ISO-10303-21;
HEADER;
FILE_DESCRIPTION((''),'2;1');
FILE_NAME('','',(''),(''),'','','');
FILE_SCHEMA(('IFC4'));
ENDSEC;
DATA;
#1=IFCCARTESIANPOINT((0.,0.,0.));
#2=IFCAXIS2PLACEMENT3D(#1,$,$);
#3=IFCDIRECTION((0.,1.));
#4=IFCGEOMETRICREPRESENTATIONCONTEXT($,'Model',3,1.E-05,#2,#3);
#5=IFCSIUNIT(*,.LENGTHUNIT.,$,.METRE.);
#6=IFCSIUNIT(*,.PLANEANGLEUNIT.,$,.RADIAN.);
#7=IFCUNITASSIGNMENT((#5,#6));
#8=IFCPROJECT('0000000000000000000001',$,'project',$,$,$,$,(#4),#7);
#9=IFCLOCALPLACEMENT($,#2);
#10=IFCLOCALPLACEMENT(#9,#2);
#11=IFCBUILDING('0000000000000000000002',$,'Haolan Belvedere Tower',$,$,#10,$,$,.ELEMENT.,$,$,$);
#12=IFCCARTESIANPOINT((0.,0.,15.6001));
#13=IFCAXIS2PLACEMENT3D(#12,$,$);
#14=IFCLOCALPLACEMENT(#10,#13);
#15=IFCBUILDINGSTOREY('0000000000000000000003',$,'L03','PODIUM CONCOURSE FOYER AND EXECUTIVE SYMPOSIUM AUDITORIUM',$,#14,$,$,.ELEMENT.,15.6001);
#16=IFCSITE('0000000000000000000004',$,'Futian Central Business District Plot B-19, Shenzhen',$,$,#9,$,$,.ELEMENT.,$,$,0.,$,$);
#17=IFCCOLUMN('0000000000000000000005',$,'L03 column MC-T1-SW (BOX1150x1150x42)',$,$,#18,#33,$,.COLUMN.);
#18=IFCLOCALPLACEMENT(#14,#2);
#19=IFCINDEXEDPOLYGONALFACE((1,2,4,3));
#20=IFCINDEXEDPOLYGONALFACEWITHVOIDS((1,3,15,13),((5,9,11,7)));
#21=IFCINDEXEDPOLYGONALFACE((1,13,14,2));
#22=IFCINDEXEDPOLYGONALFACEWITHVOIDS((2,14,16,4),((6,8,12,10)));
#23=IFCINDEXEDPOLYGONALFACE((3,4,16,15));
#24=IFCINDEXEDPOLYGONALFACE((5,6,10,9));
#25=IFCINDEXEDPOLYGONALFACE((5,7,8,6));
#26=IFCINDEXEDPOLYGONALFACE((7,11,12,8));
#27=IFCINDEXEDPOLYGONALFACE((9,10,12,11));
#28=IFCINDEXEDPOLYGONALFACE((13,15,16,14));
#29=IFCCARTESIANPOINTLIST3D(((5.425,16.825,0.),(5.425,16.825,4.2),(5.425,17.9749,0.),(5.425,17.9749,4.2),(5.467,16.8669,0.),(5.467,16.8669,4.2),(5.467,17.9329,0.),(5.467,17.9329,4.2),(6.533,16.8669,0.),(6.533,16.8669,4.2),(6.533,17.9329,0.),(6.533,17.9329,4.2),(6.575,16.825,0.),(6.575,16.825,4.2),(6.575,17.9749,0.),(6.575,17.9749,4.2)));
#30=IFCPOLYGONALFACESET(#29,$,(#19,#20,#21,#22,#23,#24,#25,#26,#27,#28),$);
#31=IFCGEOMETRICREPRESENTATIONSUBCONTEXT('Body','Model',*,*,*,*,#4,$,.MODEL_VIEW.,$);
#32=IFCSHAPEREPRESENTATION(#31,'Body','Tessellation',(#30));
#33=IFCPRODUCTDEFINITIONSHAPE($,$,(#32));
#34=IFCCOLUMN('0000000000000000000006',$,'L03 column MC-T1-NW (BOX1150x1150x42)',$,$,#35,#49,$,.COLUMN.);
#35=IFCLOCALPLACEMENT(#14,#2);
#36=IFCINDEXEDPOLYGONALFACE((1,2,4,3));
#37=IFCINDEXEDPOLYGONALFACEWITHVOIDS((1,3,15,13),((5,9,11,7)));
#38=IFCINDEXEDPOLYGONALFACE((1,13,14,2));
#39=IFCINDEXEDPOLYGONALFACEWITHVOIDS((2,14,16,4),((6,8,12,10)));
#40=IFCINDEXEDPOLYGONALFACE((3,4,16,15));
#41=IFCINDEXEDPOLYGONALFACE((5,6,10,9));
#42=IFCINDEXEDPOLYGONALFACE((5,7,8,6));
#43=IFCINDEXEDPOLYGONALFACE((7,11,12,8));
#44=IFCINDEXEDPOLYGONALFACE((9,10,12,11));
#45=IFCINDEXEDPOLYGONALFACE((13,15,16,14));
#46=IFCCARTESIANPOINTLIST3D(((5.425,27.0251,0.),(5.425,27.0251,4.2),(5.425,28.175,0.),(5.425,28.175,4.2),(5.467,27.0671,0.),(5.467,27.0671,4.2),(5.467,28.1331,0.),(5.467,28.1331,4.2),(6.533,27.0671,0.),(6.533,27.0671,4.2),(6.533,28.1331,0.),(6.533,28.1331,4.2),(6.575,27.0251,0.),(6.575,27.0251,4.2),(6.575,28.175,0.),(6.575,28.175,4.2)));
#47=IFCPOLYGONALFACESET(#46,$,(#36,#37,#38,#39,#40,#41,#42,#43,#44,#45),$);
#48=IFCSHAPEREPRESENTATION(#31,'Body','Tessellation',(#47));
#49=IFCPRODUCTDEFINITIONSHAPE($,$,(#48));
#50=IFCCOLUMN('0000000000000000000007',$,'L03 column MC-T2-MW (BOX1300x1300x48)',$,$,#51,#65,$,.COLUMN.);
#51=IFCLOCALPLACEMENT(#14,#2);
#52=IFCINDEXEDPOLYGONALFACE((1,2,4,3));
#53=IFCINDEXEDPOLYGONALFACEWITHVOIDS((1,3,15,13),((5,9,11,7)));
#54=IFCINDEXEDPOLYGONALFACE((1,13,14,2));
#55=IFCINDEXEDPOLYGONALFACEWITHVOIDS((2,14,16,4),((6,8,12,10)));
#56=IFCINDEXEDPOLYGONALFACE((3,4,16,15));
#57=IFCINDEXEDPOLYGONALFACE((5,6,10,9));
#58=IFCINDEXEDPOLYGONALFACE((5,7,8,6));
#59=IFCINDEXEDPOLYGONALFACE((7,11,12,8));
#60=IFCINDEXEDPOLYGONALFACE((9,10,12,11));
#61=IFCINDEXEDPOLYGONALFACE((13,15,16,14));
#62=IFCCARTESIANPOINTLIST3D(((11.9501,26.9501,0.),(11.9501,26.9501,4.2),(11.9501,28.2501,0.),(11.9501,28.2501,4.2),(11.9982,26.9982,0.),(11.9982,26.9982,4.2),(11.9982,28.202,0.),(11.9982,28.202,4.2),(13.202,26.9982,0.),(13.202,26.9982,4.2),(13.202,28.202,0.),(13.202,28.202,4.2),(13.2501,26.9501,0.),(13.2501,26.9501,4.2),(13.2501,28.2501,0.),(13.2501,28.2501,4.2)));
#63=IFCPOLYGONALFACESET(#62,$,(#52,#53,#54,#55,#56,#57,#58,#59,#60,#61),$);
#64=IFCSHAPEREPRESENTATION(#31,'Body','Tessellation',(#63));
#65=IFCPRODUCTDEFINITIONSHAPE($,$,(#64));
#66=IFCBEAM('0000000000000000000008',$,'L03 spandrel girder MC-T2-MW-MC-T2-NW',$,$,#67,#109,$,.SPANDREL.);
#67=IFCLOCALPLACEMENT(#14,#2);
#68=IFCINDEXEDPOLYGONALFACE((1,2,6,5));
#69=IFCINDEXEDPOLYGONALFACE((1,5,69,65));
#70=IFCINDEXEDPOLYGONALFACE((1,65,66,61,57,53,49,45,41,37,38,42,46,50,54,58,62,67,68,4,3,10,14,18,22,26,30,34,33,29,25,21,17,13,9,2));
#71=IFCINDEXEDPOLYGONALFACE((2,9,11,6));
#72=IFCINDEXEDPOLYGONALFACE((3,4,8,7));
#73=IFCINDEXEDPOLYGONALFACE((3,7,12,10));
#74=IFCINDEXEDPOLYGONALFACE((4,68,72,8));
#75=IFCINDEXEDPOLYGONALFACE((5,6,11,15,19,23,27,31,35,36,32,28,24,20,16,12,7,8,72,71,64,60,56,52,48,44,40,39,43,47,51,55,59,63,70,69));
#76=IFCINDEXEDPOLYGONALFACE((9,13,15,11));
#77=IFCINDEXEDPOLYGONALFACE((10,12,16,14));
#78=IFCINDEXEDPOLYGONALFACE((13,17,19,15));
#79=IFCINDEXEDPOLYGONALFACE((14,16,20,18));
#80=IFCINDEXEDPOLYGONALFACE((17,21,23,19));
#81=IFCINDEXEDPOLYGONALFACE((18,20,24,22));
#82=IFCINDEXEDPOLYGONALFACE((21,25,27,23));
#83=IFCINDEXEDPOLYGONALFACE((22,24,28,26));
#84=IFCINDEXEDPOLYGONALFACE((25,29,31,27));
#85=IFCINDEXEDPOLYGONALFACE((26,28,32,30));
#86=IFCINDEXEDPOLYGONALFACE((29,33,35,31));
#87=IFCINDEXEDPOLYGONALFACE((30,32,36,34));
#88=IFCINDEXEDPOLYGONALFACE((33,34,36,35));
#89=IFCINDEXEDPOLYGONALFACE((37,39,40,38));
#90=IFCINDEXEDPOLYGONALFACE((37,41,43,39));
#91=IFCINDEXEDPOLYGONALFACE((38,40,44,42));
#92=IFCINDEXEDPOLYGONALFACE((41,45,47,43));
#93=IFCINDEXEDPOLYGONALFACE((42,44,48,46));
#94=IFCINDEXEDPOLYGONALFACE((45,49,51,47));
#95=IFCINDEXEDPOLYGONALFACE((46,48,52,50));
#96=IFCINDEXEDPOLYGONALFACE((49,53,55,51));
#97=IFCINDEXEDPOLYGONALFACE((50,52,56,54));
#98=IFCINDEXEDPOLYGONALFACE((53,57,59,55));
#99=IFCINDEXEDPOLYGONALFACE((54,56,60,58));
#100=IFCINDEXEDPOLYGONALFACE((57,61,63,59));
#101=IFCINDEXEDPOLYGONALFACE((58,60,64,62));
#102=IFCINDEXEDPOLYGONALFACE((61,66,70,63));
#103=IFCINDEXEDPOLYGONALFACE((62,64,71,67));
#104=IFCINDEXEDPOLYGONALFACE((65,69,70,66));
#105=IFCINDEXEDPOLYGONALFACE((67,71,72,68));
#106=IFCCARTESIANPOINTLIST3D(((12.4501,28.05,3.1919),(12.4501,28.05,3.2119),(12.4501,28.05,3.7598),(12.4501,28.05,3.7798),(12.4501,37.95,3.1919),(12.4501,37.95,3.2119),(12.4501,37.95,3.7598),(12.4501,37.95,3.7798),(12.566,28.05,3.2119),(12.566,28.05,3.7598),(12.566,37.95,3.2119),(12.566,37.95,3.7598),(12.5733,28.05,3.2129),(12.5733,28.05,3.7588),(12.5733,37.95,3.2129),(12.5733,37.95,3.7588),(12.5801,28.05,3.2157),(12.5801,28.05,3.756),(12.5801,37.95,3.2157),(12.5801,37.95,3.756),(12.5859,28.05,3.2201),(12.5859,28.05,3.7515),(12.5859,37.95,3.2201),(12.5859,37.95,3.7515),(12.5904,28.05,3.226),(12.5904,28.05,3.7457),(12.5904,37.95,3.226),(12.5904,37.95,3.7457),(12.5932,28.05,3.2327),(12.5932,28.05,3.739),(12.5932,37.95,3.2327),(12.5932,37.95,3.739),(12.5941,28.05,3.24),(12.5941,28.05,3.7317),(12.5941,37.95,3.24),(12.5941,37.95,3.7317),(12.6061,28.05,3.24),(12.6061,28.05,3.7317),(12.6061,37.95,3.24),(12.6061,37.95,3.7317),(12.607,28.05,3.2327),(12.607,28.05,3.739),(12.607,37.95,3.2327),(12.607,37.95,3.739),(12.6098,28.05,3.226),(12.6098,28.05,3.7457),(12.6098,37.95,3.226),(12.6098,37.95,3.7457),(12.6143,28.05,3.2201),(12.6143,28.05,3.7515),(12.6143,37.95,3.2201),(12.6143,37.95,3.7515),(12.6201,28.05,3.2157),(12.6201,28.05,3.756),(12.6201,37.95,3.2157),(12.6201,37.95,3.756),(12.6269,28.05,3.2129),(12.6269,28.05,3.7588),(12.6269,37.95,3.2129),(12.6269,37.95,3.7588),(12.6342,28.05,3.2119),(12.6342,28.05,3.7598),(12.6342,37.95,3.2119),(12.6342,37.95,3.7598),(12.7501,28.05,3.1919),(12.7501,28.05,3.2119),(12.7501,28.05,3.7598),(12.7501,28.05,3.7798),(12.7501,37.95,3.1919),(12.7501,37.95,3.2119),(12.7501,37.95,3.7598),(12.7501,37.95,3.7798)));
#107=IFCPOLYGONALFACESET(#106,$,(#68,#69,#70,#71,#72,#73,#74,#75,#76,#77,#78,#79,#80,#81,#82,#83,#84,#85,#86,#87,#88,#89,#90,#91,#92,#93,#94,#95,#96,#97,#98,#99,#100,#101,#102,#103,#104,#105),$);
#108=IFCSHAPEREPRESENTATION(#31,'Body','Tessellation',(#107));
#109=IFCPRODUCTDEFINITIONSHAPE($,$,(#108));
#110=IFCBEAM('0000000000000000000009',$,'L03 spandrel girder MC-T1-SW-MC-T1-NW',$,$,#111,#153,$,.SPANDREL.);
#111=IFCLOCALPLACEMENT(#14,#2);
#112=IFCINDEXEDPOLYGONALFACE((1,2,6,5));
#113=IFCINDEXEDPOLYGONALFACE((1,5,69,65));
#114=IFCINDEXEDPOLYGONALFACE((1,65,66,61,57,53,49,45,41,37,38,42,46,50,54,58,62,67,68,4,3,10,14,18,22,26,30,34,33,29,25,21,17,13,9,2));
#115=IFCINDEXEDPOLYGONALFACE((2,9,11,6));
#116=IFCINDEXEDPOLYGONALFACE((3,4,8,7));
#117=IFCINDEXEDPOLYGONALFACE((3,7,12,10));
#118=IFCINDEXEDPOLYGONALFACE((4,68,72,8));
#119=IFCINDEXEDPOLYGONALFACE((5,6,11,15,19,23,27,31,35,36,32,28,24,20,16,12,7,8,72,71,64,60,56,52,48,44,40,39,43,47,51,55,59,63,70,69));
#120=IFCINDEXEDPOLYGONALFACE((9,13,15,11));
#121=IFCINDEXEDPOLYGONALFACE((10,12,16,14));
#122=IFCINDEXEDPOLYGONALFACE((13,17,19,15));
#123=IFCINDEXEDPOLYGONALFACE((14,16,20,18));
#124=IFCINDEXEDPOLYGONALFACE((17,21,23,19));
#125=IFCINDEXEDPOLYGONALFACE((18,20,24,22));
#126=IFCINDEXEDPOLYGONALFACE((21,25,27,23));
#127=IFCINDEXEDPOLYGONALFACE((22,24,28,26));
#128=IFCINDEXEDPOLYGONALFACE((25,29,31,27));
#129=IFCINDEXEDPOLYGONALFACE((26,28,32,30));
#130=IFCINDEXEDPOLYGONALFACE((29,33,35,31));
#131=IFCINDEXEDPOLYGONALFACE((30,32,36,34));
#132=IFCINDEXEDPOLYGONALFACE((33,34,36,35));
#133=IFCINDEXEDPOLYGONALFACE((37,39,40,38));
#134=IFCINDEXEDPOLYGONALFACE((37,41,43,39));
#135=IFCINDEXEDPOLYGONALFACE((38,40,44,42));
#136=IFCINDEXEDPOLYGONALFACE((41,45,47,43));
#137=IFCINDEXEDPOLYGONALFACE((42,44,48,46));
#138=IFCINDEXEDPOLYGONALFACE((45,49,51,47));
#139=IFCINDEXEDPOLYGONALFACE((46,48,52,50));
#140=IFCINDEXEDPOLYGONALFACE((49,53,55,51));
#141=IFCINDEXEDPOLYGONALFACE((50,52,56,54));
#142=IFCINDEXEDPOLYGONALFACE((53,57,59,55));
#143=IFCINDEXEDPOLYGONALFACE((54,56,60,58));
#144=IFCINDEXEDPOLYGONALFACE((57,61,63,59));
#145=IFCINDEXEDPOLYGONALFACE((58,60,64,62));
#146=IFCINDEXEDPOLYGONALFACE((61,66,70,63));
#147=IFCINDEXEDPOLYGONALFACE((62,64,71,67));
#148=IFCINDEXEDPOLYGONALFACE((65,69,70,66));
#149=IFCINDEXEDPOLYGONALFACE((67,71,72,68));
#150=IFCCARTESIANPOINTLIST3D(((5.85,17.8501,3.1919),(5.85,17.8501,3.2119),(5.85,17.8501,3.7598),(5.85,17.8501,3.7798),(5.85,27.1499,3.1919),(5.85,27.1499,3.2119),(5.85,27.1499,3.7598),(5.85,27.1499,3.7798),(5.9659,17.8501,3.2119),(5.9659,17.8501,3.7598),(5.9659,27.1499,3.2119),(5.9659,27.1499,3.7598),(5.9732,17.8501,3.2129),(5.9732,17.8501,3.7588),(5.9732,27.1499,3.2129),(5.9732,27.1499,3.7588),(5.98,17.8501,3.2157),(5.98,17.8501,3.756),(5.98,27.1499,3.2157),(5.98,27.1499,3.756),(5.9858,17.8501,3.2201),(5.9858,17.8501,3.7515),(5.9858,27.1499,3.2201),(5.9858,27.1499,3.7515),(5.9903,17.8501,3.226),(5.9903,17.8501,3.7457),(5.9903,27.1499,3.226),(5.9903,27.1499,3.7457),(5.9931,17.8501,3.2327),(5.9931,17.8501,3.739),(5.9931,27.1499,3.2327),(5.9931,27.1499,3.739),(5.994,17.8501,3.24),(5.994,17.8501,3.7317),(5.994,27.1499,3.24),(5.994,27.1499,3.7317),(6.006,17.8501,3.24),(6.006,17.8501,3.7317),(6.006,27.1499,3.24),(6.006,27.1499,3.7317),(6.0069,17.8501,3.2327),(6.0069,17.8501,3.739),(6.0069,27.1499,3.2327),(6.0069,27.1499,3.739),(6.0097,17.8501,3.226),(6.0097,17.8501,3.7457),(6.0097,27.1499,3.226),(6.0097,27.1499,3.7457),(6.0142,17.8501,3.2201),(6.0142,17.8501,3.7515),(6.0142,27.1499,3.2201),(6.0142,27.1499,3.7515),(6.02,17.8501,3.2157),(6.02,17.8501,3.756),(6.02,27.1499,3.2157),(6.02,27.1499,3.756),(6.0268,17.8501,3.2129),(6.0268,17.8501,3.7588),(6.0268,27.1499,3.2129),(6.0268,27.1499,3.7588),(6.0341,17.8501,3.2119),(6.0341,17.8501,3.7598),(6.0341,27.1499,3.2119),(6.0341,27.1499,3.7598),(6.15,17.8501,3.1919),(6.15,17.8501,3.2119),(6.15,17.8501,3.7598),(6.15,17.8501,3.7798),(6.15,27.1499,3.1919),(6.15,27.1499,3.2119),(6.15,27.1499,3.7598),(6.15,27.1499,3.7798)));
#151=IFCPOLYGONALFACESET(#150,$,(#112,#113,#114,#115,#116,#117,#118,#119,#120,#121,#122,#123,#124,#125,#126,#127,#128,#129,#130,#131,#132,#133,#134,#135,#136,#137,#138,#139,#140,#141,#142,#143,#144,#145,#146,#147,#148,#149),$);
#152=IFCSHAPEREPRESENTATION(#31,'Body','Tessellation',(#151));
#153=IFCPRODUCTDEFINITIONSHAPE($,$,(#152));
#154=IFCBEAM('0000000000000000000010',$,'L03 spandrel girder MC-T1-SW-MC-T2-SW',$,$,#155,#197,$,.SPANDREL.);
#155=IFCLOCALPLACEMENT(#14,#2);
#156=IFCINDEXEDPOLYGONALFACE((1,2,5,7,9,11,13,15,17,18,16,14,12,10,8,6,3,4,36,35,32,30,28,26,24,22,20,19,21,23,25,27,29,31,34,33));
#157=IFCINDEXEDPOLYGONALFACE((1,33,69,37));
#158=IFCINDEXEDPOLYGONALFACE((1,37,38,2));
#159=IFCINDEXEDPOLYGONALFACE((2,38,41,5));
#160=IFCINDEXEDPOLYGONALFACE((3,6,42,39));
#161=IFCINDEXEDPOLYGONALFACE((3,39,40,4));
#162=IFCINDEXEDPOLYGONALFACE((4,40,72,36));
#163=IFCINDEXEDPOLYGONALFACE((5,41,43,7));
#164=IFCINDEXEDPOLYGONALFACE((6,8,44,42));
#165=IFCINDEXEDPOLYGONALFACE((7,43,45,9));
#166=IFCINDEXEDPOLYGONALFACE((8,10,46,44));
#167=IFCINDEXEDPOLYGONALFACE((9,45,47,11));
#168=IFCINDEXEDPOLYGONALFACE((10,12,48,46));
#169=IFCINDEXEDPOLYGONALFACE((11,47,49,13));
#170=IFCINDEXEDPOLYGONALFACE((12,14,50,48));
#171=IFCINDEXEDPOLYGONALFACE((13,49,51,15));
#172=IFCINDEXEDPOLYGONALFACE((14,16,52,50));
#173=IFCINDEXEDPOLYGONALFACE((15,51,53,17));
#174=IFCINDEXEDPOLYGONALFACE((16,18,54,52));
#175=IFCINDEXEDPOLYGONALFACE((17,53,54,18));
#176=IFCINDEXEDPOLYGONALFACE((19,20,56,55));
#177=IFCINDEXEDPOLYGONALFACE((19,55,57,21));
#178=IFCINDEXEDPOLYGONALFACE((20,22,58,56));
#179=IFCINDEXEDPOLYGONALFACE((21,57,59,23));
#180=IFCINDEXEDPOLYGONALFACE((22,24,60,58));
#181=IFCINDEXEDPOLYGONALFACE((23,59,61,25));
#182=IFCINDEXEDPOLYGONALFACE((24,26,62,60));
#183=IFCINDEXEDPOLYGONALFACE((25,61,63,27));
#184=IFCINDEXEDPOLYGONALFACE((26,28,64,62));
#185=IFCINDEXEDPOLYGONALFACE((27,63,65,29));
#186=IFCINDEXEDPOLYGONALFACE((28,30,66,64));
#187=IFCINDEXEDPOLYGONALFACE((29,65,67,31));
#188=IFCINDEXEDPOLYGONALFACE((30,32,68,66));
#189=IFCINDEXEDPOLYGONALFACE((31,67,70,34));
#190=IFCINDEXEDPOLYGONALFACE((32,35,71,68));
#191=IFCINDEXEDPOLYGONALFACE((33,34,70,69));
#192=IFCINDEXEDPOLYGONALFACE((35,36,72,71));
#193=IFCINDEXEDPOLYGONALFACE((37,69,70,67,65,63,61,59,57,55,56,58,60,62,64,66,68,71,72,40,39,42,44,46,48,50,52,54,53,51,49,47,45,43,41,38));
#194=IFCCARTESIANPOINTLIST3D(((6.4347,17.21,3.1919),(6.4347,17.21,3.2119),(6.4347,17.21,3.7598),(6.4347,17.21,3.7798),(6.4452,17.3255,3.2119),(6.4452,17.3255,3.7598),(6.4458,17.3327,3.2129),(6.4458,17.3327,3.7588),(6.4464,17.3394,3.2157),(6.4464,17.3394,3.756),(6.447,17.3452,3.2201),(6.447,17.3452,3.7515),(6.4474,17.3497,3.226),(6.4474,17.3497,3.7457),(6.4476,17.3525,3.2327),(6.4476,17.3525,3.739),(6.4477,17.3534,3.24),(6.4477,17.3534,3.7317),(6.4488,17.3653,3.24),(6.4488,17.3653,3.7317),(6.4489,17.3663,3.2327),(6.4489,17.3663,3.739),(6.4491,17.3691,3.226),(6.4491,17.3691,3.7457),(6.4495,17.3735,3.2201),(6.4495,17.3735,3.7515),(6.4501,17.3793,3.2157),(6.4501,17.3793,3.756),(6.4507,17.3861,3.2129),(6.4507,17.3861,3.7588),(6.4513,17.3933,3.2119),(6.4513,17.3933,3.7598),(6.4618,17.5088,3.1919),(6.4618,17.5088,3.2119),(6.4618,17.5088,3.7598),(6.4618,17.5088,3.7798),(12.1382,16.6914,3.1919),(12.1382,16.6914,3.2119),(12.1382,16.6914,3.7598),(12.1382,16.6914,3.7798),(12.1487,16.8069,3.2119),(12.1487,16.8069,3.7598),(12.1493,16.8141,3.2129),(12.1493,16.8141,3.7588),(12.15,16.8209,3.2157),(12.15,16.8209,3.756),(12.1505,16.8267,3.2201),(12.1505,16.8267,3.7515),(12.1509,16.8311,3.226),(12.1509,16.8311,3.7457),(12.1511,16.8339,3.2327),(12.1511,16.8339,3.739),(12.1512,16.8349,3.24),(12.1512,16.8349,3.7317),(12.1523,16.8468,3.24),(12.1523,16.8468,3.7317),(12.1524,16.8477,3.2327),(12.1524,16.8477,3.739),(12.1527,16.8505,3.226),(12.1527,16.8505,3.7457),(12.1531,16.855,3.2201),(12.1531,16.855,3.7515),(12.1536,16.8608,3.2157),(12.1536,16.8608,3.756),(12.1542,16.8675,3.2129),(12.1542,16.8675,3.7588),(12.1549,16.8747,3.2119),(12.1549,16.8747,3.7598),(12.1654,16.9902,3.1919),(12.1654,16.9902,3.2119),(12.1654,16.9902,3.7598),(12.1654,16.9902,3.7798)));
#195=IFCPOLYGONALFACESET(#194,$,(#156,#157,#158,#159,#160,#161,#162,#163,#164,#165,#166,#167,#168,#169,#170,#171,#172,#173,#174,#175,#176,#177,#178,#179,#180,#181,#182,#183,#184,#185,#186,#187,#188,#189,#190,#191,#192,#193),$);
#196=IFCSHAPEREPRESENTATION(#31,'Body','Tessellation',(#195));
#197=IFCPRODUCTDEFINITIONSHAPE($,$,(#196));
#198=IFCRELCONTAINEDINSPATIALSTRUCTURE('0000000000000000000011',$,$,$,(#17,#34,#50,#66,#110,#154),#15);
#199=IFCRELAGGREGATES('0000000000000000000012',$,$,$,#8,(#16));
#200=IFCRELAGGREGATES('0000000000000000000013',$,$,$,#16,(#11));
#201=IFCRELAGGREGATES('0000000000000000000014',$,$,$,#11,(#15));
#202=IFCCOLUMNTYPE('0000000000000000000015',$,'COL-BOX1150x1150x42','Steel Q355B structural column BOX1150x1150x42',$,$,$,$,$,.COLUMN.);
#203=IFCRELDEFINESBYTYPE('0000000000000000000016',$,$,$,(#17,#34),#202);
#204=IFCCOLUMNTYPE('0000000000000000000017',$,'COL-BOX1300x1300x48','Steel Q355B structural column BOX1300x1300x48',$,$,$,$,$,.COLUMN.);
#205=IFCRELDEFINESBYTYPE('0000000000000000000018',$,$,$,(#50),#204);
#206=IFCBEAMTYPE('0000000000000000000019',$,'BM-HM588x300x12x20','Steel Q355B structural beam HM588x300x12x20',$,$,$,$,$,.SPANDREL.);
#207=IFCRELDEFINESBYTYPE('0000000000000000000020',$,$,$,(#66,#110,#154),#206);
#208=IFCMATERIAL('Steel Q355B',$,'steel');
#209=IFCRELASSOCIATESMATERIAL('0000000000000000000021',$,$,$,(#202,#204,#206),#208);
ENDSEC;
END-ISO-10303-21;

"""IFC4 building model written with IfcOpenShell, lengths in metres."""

from ifc_helpers import new_model, si_unit, direction, frame, origin, origin_2d, place, context, subcontext, project, spatial, hollow_rectangle, i_section, extrude, material, material_profile, profile_set, type_object, element, save


model = new_model("IFC4")

# Units and contexts
model_context = context("Model", 3, precision=1e-05, world=origin(), true_north=direction((0.0, 1.0)))
body_context = subcontext(model_context, "Body", "Model", "MODEL_VIEW")
ifc_project = project(units=[si_unit("LENGTHUNIT", "METRE"), si_unit("PLANEANGLEUNIT", "RADIAN")], contexts=[model_context])

# Site, building, storey
site_placement = place(None, origin())
site = spatial("IfcSite", under=ifc_project, at=site_placement, Name="Futian Central Business District Plot B-19, Shenzhen", CompositionType="ELEMENT", RefElevation=0.0)
building_placement = place(site_placement, origin())
building = spatial("IfcBuilding", under=site, at=building_placement, Name="Haolan Belvedere Tower", CompositionType="ELEMENT")
storey_placement = place(building_placement, frame((0.0, 0.0, 15.6001)))
storey = spatial("IfcBuildingStorey", under=building, at=storey_placement, Name="L03", Description="PODIUM CONCOURSE FOYER AND EXECUTIVE SYMPOSIUM AUDITORIUM", CompositionType="ELEMENT", Elevation=15.6001)

# Columns
ifc_material_1 = material(Name="Steel Q355B", Category="steel")
ifc_material_profile_1 = material_profile(ifc_material_1, hollow_rectangle(XDim=1.1499, YDim=1.1499, WallThickness=0.042, at=origin_2d()), Name="Steel Q355B")
ifc_profile_set_1 = profile_set([ifc_material_profile_1], Name="Steel Q355B")
column_type_1 = type_object("IfcColumnType", Name="COL-BOX1150x1150x42", Description="Steel Q355B structural column BOX1150x1150x42", PredefinedType="COLUMN", material=ifc_profile_set_1)
for number, where, z_axis, x_axis, name in (
    (1, (6.0, 17.3999, 0.0), (0.0, 0.0, 1.0), (1.0, 0.0, 0.0), "L03 column MC-T1-SW (BOX1150x1150x42)"),
    (2, (6.0, 27.6001, 0.0), (0.0, 0.0, 1.0), (1.0, 0.0, 0.0), "L03 column MC-T1-NW (BOX1150x1150x42)"),
):
    element("IfcColumn", number, at=place(storey_placement, frame(where, z_axis=z_axis, x_axis=x_axis)), inside=storey, type_object=column_type_1, Name=name, PredefinedType="COLUMN", context=body_context, shape_type="SweptSolid", body=[
        extrude(hollow_rectangle(XDim=1.1499, YDim=1.1499, WallThickness=0.042, at=origin_2d()), origin(), (0.0, 0.0, 1.0), 4.2),
    ])
ifc_material_profile_2 = material_profile(ifc_material_1, hollow_rectangle(XDim=1.3, YDim=1.3, WallThickness=0.0481, at=origin_2d()), Name="Steel Q355B")
ifc_profile_set_2 = profile_set([ifc_material_profile_2], Name="Steel Q355B")
column_type_2 = type_object("IfcColumnType", Name="COL-BOX1300x1300x48", Description="Steel Q355B structural column BOX1300x1300x48", PredefinedType="COLUMN", material=ifc_profile_set_2)
column_placement = place(storey_placement, frame((12.6001, 27.6001, 0.0), z_axis=(0.0, 0.0, 1.0), x_axis=(1.0, 0.0, 0.0)))
element("IfcColumn", 3, at=column_placement, inside=storey, type_object=column_type_2, Name="L03 column MC-T2-MW (BOX1300x1300x48)", PredefinedType="COLUMN", context=body_context, shape_type="SweptSolid", body=[
    extrude(hollow_rectangle(XDim=1.3, YDim=1.3, WallThickness=0.0481, at=origin_2d()), origin(), (0.0, 0.0, 1.0), 4.2),
])

# Beams
ifc_material_profile_3 = material_profile(ifc_material_1, i_section(OverallWidth=0.3, OverallDepth=0.5879, WebThickness=0.012, FlangeThickness=0.02, FilletRadius=0.0281, at=origin_2d()), Name="Steel Q355B")
ifc_profile_set_3 = profile_set([ifc_material_profile_3], Name="Steel Q355B")
beam_type = type_object("IfcBeamType", Name="BM-HM588x300x12x20", Description="Steel Q355B structural beam HM588x300x12x20", PredefinedType="SPANDREL", material=ifc_profile_set_3)
beam_1_placement = place(storey_placement, frame((12.6001, 28.05, 3.4858), z_axis=(0.0, 1.0, 0.0), x_axis=(-1.0, 0.0, 0.0)))
element("IfcBeam", 4, at=beam_1_placement, inside=storey, type_object=beam_type, Name="L03 spandrel girder MC-T2-MW-MC-T2-NW", PredefinedType="SPANDREL", context=body_context, shape_type="SweptSolid", body=[
    extrude(i_section(OverallWidth=0.3, OverallDepth=0.5879, WebThickness=0.012, FlangeThickness=0.02, FilletRadius=0.0281, at=origin_2d()), origin(), (0.0, 0.0, 1.0), 9.8999),
])
beam_2_placement = place(storey_placement, frame((6.0, 17.8501, 3.4858), z_axis=(0.0, 1.0, 0.0), x_axis=(-1.0, 0.0, 0.0)))
element("IfcBeam", 5, at=beam_2_placement, inside=storey, type_object=beam_type, Name="L03 spandrel girder MC-T1-SW-MC-T1-NW", PredefinedType="SPANDREL", context=body_context, shape_type="SweptSolid", body=[
    extrude(i_section(OverallWidth=0.3, OverallDepth=0.5879, WebThickness=0.012, FlangeThickness=0.02, FilletRadius=0.0281, at=origin_2d()), origin(), (0.0, 0.0, 1.0), 9.2998),
])
beam_3_placement = place(storey_placement, frame((6.4482, 17.3594, 3.4858), z_axis=(0.995893, -0.090543, 0.0), x_axis=(0.090543, 0.995893, 0.0)))
element("IfcBeam", 6, at=beam_3_placement, inside=storey, type_object=beam_type, Name="L03 spandrel girder MC-T1-SW-MC-T2-SW", PredefinedType="SPANDREL", context=body_context, shape_type="SweptSolid", body=[
    extrude(i_section(OverallWidth=0.3, OverallDepth=0.5879, WebThickness=0.012, FlangeThickness=0.02, FilletRadius=0.0281, at=origin_2d()), origin(), (0.0, 0.0, 1.0), 5.7271),
])

save(model, "model.ifc")
